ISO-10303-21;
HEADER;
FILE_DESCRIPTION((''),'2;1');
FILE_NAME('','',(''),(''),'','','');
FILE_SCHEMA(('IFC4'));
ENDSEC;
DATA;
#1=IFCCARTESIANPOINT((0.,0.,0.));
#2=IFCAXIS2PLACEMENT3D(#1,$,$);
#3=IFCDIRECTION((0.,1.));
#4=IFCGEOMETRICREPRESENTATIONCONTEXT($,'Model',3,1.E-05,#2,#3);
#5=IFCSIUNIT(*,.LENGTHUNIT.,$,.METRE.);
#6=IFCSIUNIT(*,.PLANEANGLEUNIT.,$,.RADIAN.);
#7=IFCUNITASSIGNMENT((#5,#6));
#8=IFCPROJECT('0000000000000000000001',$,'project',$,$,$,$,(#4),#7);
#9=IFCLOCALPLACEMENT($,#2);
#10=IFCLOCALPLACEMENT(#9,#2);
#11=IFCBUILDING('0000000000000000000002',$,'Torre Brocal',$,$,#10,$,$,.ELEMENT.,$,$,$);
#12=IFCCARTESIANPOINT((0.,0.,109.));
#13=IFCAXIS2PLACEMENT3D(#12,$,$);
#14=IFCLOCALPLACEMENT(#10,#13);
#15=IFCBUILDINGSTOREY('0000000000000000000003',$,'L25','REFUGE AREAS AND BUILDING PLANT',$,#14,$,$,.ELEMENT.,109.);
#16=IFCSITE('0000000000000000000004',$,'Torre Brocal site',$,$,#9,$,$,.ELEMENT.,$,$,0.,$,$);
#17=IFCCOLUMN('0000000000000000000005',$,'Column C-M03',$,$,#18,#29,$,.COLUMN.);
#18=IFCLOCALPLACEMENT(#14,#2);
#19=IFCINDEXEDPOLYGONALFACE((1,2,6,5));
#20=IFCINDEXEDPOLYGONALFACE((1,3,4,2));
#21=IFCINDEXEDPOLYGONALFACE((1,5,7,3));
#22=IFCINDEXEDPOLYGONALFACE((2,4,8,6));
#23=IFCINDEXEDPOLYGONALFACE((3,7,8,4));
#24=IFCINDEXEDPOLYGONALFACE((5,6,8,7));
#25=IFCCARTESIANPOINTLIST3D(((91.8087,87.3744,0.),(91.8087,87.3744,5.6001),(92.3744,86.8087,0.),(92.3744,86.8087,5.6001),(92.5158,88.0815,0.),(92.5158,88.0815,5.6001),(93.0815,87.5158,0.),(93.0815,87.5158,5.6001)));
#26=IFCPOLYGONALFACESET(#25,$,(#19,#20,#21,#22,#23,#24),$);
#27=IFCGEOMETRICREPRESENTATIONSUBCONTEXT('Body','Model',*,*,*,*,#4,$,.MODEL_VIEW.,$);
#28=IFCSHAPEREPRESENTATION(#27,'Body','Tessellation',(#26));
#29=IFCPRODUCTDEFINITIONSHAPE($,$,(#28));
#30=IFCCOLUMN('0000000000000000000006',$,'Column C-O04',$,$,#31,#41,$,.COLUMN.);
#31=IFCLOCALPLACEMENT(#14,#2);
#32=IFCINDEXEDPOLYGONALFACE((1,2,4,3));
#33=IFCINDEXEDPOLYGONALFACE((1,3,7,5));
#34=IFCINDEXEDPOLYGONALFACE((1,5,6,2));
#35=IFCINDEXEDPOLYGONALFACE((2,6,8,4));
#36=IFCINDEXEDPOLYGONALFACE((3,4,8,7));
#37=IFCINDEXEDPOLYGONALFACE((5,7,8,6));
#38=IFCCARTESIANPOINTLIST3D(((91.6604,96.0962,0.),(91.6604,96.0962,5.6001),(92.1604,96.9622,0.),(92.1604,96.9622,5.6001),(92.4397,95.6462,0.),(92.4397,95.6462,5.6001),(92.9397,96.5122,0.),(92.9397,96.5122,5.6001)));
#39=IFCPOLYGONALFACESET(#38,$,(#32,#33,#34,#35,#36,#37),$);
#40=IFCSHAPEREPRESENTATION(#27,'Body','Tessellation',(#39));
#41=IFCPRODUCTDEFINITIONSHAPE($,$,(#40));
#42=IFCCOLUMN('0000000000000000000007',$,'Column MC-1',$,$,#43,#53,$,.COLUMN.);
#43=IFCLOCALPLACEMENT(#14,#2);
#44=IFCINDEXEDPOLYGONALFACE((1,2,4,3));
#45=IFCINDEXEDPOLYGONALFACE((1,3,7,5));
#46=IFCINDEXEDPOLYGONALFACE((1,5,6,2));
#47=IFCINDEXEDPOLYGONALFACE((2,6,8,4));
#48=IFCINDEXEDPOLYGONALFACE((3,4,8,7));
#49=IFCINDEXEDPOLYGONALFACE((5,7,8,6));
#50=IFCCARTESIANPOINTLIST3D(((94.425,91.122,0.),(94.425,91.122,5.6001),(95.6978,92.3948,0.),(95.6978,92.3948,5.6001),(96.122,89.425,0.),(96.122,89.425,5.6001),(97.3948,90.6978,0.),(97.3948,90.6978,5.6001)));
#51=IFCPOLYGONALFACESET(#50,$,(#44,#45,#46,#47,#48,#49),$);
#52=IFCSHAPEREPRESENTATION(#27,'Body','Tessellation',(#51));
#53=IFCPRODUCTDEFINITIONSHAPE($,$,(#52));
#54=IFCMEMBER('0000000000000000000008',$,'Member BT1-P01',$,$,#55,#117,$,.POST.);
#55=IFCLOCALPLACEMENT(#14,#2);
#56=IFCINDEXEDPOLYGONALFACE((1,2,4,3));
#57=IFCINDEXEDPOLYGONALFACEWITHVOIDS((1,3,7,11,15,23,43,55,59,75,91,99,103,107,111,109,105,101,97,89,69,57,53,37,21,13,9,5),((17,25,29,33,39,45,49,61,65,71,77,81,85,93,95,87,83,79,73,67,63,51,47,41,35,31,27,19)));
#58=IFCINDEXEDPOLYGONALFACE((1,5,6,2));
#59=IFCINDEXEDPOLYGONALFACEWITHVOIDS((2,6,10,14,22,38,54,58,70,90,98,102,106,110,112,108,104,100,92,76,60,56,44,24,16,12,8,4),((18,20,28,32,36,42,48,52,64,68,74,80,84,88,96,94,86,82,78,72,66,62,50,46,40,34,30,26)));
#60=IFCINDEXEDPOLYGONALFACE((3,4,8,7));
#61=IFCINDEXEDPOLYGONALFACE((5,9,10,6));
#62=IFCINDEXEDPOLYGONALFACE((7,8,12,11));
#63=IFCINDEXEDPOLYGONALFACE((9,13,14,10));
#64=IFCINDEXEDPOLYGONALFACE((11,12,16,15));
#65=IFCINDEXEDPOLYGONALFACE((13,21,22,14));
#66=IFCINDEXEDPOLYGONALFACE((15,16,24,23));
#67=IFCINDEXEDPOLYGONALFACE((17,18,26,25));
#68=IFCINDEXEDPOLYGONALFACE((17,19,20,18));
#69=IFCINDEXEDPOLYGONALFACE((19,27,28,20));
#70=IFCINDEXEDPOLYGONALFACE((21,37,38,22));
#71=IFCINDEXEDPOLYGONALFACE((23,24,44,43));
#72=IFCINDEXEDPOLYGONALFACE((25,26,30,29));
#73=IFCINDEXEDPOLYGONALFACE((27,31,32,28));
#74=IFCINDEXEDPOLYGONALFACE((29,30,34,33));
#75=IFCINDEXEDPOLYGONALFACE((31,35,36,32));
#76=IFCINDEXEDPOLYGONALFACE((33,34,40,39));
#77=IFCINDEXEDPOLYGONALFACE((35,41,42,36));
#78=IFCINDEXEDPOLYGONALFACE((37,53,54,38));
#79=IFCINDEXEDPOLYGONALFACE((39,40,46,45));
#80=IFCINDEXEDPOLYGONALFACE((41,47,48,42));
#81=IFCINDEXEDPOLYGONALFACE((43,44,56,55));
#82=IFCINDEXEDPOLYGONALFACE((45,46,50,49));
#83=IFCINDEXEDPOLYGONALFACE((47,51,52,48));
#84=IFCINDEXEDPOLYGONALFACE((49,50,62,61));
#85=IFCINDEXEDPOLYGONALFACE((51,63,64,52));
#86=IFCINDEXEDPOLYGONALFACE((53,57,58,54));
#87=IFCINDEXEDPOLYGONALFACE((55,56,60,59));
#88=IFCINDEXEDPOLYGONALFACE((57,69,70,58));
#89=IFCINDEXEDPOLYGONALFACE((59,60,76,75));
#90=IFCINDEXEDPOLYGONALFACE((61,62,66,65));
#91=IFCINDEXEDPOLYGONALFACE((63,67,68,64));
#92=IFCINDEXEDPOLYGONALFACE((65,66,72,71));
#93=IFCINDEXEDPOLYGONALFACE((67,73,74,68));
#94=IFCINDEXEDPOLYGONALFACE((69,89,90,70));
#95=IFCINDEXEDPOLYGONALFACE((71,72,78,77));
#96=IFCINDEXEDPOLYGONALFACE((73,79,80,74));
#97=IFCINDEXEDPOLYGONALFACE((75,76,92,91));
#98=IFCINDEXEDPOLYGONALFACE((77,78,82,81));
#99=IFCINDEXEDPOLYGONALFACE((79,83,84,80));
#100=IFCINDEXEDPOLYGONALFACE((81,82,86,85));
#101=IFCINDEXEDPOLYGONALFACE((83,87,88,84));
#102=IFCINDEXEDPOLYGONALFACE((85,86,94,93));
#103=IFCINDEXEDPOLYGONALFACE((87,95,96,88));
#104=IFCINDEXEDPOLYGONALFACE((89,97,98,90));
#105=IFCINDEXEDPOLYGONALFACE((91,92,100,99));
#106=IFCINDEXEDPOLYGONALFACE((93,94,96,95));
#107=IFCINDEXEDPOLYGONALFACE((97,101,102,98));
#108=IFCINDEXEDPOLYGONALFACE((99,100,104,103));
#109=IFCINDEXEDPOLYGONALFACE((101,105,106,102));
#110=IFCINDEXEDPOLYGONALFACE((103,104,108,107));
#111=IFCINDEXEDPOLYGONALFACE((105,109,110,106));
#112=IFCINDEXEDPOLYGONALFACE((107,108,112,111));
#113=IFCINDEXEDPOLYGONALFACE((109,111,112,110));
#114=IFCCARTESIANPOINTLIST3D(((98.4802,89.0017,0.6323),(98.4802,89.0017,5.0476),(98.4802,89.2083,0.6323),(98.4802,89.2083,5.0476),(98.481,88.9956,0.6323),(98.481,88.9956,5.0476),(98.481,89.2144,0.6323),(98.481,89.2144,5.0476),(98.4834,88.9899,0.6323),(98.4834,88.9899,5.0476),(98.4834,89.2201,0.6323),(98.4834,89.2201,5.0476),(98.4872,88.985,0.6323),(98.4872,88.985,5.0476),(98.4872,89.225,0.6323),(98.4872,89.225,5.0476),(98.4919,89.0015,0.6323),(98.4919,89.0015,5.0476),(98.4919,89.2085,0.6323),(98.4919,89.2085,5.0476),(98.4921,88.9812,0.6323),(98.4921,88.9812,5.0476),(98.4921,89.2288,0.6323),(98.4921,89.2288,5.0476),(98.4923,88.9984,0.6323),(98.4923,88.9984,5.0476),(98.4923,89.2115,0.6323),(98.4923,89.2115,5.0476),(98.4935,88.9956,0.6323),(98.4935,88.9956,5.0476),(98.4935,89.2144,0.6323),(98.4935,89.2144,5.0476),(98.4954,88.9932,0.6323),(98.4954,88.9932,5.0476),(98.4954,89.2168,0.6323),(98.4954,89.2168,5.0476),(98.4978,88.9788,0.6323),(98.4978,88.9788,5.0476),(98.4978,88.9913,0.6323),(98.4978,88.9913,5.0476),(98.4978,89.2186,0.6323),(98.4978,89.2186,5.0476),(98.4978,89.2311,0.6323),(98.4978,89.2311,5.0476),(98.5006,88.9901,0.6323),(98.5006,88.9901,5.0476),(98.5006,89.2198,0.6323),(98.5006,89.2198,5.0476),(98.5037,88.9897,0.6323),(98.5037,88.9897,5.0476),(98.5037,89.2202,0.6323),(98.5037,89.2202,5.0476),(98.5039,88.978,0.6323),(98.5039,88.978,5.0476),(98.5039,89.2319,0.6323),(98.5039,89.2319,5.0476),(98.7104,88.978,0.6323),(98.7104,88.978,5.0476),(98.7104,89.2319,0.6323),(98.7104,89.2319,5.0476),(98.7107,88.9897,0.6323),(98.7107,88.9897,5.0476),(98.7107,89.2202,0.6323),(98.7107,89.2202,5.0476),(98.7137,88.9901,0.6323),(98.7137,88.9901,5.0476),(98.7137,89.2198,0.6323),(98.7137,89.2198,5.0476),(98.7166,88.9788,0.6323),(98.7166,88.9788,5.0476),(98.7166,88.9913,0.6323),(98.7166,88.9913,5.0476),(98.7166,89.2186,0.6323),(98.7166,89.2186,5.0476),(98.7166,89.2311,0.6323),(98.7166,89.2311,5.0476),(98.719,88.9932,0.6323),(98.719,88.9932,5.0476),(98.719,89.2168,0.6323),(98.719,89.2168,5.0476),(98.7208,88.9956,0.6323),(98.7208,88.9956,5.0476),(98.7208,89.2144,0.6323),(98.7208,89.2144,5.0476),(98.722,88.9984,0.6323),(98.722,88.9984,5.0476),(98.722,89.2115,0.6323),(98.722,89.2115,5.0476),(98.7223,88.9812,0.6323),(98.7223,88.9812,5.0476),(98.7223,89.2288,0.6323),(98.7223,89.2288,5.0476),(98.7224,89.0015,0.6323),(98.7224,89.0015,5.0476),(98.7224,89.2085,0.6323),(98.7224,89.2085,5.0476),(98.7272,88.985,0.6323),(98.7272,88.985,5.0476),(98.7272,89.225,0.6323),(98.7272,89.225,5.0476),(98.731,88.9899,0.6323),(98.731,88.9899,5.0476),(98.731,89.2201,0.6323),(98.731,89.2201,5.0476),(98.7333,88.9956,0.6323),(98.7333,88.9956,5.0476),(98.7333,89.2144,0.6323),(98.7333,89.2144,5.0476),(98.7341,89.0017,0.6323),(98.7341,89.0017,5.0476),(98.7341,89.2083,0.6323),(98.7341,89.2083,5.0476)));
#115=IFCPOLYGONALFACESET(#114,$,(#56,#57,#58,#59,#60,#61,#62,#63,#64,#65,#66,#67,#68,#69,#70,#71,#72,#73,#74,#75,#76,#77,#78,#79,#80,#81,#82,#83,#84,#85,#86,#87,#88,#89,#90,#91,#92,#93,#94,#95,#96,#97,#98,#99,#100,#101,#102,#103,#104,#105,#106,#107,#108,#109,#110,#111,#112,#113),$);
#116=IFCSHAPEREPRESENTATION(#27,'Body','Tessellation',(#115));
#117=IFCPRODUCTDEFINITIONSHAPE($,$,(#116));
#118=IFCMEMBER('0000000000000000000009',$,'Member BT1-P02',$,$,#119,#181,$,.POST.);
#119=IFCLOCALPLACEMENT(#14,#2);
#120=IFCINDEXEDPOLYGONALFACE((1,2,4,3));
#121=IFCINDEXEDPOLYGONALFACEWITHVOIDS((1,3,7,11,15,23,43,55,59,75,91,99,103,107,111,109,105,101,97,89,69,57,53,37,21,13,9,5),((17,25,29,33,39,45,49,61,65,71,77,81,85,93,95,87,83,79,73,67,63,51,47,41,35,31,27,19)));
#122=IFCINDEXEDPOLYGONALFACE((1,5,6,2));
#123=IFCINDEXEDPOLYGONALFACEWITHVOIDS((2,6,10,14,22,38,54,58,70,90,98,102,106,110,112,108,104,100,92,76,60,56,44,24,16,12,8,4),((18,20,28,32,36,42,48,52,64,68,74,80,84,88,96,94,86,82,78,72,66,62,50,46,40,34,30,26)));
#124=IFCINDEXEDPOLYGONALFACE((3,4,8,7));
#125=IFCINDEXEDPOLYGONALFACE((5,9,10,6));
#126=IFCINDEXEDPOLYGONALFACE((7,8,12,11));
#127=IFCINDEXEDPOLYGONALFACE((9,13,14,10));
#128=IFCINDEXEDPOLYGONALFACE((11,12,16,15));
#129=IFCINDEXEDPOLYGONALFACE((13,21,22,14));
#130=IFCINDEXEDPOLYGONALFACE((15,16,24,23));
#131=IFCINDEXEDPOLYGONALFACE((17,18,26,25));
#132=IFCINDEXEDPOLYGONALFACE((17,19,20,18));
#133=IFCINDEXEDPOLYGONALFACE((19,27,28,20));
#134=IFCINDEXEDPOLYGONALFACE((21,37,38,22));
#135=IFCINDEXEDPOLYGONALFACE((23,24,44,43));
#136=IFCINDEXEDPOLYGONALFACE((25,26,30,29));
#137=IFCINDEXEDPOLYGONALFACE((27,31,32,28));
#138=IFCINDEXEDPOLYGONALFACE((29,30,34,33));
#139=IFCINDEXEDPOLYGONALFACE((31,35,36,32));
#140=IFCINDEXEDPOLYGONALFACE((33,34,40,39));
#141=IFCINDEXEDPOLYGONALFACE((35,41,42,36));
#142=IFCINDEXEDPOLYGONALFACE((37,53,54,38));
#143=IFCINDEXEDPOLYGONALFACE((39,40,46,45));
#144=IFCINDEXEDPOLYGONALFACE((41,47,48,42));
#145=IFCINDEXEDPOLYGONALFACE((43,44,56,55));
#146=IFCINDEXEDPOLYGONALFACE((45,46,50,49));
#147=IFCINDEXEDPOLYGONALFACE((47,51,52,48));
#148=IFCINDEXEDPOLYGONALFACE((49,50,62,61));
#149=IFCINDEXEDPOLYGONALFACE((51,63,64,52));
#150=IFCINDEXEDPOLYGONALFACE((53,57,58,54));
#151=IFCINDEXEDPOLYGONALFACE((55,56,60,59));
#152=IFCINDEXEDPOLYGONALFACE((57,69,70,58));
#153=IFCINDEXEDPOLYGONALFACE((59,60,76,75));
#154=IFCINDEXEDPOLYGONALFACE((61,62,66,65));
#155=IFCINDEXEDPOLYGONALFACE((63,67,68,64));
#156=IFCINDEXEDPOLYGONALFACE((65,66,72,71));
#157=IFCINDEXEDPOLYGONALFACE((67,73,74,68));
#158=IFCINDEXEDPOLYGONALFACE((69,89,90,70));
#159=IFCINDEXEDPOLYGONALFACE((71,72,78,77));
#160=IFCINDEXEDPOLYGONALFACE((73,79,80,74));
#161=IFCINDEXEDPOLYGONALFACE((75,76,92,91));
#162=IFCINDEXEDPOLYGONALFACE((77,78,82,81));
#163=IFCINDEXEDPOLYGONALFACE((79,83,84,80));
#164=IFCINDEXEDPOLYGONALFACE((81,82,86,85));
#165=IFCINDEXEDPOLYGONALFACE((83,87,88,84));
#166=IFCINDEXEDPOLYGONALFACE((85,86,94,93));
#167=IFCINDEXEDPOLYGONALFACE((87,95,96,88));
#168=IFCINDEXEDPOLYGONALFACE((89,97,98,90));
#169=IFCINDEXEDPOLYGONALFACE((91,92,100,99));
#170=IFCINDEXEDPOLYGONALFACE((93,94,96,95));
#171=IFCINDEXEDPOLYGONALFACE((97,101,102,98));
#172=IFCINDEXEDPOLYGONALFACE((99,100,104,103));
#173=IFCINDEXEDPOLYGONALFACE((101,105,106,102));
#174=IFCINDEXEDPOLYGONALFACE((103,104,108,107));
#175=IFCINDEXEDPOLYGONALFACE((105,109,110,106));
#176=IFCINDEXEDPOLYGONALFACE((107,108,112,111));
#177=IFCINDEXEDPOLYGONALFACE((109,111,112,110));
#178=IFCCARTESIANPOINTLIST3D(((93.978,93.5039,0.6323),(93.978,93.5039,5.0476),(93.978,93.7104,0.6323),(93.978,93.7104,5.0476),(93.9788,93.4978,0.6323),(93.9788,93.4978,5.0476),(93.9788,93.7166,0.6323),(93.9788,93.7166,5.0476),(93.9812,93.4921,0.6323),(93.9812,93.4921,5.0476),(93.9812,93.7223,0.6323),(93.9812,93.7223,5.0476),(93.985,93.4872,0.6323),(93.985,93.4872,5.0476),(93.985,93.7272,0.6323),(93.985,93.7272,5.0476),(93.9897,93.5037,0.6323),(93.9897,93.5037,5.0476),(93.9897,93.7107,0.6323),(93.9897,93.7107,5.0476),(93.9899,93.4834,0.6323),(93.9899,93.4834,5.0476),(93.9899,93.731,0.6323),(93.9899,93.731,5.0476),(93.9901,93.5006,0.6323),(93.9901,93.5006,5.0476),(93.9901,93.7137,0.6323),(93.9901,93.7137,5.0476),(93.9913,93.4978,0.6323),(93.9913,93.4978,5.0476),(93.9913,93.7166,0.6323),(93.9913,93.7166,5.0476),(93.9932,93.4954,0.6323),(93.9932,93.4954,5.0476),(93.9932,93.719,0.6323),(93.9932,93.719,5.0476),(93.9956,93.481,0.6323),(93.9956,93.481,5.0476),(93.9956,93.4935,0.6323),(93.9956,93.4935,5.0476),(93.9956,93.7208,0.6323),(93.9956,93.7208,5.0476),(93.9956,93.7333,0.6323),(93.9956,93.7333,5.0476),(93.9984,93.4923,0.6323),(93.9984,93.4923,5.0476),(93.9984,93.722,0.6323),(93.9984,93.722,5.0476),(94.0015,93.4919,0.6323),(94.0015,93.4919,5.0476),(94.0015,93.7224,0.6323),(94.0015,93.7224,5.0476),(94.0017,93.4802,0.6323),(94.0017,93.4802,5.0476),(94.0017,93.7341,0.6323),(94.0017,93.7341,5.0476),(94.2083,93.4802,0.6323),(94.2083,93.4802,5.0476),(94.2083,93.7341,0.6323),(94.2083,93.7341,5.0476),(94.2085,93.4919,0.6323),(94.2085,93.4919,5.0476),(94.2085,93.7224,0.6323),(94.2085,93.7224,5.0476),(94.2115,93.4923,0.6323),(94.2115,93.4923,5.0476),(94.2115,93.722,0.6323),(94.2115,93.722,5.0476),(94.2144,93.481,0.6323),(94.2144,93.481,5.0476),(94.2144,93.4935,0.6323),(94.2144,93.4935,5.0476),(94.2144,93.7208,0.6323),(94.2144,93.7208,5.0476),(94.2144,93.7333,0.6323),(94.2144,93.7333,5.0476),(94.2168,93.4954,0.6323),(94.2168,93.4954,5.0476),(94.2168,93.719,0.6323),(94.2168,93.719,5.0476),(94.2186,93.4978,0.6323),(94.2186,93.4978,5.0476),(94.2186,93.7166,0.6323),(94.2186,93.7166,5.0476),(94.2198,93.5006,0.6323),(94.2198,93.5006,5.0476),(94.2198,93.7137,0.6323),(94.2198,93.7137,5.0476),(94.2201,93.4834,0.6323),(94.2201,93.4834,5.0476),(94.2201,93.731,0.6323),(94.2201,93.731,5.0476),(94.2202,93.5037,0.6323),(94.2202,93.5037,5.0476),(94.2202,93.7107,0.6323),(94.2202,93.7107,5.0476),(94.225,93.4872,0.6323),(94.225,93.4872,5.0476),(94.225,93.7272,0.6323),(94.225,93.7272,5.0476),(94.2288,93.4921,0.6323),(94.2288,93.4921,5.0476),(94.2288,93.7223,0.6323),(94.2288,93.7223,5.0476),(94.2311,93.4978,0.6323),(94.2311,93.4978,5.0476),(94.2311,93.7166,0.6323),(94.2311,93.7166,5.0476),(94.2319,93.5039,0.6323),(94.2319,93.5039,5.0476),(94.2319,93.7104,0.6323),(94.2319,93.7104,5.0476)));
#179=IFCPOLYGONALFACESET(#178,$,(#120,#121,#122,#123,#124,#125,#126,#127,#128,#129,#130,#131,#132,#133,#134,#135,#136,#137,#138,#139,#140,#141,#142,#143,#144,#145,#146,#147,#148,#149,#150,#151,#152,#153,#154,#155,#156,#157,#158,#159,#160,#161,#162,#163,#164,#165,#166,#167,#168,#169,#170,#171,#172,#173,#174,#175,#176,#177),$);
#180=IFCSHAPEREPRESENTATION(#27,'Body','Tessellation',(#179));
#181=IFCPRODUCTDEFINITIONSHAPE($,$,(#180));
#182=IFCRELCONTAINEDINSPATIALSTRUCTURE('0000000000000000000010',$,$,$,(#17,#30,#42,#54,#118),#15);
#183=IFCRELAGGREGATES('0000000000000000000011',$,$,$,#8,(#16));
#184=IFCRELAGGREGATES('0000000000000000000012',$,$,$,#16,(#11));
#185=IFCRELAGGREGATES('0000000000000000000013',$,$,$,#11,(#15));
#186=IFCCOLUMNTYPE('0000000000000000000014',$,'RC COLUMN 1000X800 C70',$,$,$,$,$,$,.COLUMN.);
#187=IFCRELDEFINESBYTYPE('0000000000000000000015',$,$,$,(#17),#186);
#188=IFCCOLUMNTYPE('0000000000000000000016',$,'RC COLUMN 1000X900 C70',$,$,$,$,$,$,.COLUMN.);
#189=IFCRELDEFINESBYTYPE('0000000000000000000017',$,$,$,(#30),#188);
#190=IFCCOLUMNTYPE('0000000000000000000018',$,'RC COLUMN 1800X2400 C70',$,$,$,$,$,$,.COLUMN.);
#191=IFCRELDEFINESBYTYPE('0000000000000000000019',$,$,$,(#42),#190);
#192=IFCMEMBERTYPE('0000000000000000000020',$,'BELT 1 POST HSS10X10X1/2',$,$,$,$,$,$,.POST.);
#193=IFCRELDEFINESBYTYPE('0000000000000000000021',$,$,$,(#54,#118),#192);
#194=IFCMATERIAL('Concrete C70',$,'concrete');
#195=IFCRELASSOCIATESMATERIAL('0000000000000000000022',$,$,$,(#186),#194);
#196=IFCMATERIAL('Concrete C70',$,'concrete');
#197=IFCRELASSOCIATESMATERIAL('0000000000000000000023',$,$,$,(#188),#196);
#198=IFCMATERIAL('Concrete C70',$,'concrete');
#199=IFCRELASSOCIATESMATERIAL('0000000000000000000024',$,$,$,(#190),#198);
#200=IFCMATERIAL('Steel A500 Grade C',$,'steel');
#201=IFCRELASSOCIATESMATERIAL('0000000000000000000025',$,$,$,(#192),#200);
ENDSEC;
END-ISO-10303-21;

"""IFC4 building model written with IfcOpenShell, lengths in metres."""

from ifc_helpers import new_model, si_unit, direction, frame, origin, origin_2d, place, context, subcontext, project, spatial, rectangle, hollow_rectangle, extrude, material, material_profile, profile_set, type_object, element, save


model = new_model("IFC4")

# Units and contexts
model_context = context("Model", 3, precision=1e-05, world=origin(), true_north=direction((0.0, 1.0)))
body_context = subcontext(model_context, "Body", "Model", "MODEL_VIEW")
ifc_project = project(units=[si_unit("LENGTHUNIT", "METRE"), si_unit("PLANEANGLEUNIT", "RADIAN")], contexts=[model_context])

# Site, building, storey
site_placement = place(None, origin())
site = spatial("IfcSite", under=ifc_project, at=site_placement, Name="Torre Brocal site", CompositionType="ELEMENT", RefElevation=0.0)
building_placement = place(site_placement, origin())
building = spatial("IfcBuilding", under=site, at=building_placement, Name="Torre Brocal", CompositionType="ELEMENT")
storey_placement = place(building_placement, frame((0.0, 0.0, 109.0)))
storey = spatial("IfcBuildingStorey", under=building, at=storey_placement, Name="L25", Description="REFUGE AREAS AND BUILDING PLANT", CompositionType="ELEMENT", Elevation=109.0)

# Columns
ifc_material_1 = material(Name="Concrete C70", Category="concrete")
ifc_material_profile_1 = material_profile(ifc_material_1, rectangle(XDim=1.0, YDim=0.8, at=origin_2d()), Name="RC 1000X800")
ifc_profile_set_1 = profile_set([ifc_material_profile_1], Name="Concrete C70")
column_type_1 = type_object("IfcColumnType", Name="RC COLUMN 1000X800 C70", PredefinedType="COLUMN", material=ifc_profile_set_1)
column_1_placement = place(storey_placement, frame((92.4451, 87.4451, 0.0), z_axis=(0.0, 0.0, 1.0), x_axis=(0.707107, 0.707107, 0.0)))
element("IfcColumn", 1, at=column_1_placement, inside=storey, type_object=column_type_1, Name="Column C-M03", PredefinedType="COLUMN", context=body_context, shape_type="SweptSolid", body=[
    extrude(rectangle(XDim=1.0, YDim=0.8, at=origin_2d()), origin(), (0.0, 0.0, 1.0), 5.6001),
])
ifc_material_2 = material(Name="Concrete C70", Category="concrete")
ifc_material_profile_2 = material_profile(ifc_material_2, rectangle(XDim=1.0, YDim=0.8999, at=origin_2d()), Name="RC 1000X900")
ifc_profile_set_2 = profile_set([ifc_material_profile_2], Name="Concrete C70")
column_type_2 = type_object("IfcColumnType", Name="RC COLUMN 1000X900 C70", PredefinedType="COLUMN", material=ifc_profile_set_2)
column_2_placement = place(storey_placement, frame((92.3, 96.3042, 0.0), z_axis=(0.0, 0.0, 1.0), x_axis=(0.5, 0.866025, 0.0)))
element("IfcColumn", 2, at=column_2_placement, inside=storey, type_object=column_type_2, Name="Column C-O04", PredefinedType="COLUMN", context=body_context, shape_type="SweptSolid", body=[
    extrude(rectangle(XDim=1.0, YDim=0.8999, at=origin_2d()), origin(), (0.0, 0.0, 1.0), 5.6001),
])
ifc_material_3 = material(Name="Concrete C70", Category="concrete")
ifc_material_profile_3 = material_profile(ifc_material_3, rectangle(XDim=1.8, YDim=2.3999, at=origin_2d()), Name="RC 1800X2400")
ifc_profile_set_3 = profile_set([ifc_material_profile_3], Name="Concrete C70")
column_type_3 = type_object("IfcColumnType", Name="RC COLUMN 1800X2400 C70", PredefinedType="COLUMN", material=ifc_profile_set_3)
column_3_placement = place(storey_placement, frame((95.9099, 90.9099, 0.0), z_axis=(0.0, 0.0, 1.0), x_axis=(0.707107, 0.707107, 0.0)))
element("IfcColumn", 3, at=column_3_placement, inside=storey, type_object=column_type_3, Name="Column MC-1", PredefinedType="COLUMN", context=body_context, shape_type="SweptSolid", body=[
    extrude(rectangle(XDim=1.8, YDim=2.3999, at=origin_2d()), origin(), (0.0, 0.0, 1.0), 5.6001),
])

# Members
ifc_material_4 = material(Name="Steel A500 Grade C", Category="steel")
ifc_material_profile_4 = material_profile(ifc_material_4, hollow_rectangle(XDim=0.2539, YDim=0.2539, WallThickness=0.0117, InnerFilletRadius=0.0117, OuterFilletRadius=0.0237, at=origin_2d()), Name="HSS10X10X1/2")
ifc_profile_set_4 = profile_set([ifc_material_profile_4], Name="Steel A500 Grade C")
member_type_1 = type_object("IfcMemberType", Name="BELT 1 POST HSS10X10X1/2", PredefinedType="POST", material=ifc_profile_set_4)
for number, where, z_axis, x_axis, name in (
    (4, (98.6072, 89.105, 0.6323), (0.0, 0.0, 1.0), (1.0, 0.0, 0.0), "Member BT1-P01"),
    (5, (94.105, 93.6072, 0.6323), (0.0, 0.0, 1.0), (1.0, 0.0, 0.0), "Member BT1-P02"),
):
    element("IfcMember", number, at=place(storey_placement, frame(where, z_axis=z_axis, x_axis=x_axis)), inside=storey, type_object=member_type_1, Name=name, PredefinedType="POST", context=body_context, shape_type="SweptSolid", body=[
        extrude(hollow_rectangle(XDim=0.2539, YDim=0.2539, WallThickness=0.0117, InnerFilletRadius=0.0117, OuterFilletRadius=0.0237, at=origin_2d()), origin(), (0.0, 0.0, 1.0), 4.4153),
    ])

save(model, "model.ifc")
